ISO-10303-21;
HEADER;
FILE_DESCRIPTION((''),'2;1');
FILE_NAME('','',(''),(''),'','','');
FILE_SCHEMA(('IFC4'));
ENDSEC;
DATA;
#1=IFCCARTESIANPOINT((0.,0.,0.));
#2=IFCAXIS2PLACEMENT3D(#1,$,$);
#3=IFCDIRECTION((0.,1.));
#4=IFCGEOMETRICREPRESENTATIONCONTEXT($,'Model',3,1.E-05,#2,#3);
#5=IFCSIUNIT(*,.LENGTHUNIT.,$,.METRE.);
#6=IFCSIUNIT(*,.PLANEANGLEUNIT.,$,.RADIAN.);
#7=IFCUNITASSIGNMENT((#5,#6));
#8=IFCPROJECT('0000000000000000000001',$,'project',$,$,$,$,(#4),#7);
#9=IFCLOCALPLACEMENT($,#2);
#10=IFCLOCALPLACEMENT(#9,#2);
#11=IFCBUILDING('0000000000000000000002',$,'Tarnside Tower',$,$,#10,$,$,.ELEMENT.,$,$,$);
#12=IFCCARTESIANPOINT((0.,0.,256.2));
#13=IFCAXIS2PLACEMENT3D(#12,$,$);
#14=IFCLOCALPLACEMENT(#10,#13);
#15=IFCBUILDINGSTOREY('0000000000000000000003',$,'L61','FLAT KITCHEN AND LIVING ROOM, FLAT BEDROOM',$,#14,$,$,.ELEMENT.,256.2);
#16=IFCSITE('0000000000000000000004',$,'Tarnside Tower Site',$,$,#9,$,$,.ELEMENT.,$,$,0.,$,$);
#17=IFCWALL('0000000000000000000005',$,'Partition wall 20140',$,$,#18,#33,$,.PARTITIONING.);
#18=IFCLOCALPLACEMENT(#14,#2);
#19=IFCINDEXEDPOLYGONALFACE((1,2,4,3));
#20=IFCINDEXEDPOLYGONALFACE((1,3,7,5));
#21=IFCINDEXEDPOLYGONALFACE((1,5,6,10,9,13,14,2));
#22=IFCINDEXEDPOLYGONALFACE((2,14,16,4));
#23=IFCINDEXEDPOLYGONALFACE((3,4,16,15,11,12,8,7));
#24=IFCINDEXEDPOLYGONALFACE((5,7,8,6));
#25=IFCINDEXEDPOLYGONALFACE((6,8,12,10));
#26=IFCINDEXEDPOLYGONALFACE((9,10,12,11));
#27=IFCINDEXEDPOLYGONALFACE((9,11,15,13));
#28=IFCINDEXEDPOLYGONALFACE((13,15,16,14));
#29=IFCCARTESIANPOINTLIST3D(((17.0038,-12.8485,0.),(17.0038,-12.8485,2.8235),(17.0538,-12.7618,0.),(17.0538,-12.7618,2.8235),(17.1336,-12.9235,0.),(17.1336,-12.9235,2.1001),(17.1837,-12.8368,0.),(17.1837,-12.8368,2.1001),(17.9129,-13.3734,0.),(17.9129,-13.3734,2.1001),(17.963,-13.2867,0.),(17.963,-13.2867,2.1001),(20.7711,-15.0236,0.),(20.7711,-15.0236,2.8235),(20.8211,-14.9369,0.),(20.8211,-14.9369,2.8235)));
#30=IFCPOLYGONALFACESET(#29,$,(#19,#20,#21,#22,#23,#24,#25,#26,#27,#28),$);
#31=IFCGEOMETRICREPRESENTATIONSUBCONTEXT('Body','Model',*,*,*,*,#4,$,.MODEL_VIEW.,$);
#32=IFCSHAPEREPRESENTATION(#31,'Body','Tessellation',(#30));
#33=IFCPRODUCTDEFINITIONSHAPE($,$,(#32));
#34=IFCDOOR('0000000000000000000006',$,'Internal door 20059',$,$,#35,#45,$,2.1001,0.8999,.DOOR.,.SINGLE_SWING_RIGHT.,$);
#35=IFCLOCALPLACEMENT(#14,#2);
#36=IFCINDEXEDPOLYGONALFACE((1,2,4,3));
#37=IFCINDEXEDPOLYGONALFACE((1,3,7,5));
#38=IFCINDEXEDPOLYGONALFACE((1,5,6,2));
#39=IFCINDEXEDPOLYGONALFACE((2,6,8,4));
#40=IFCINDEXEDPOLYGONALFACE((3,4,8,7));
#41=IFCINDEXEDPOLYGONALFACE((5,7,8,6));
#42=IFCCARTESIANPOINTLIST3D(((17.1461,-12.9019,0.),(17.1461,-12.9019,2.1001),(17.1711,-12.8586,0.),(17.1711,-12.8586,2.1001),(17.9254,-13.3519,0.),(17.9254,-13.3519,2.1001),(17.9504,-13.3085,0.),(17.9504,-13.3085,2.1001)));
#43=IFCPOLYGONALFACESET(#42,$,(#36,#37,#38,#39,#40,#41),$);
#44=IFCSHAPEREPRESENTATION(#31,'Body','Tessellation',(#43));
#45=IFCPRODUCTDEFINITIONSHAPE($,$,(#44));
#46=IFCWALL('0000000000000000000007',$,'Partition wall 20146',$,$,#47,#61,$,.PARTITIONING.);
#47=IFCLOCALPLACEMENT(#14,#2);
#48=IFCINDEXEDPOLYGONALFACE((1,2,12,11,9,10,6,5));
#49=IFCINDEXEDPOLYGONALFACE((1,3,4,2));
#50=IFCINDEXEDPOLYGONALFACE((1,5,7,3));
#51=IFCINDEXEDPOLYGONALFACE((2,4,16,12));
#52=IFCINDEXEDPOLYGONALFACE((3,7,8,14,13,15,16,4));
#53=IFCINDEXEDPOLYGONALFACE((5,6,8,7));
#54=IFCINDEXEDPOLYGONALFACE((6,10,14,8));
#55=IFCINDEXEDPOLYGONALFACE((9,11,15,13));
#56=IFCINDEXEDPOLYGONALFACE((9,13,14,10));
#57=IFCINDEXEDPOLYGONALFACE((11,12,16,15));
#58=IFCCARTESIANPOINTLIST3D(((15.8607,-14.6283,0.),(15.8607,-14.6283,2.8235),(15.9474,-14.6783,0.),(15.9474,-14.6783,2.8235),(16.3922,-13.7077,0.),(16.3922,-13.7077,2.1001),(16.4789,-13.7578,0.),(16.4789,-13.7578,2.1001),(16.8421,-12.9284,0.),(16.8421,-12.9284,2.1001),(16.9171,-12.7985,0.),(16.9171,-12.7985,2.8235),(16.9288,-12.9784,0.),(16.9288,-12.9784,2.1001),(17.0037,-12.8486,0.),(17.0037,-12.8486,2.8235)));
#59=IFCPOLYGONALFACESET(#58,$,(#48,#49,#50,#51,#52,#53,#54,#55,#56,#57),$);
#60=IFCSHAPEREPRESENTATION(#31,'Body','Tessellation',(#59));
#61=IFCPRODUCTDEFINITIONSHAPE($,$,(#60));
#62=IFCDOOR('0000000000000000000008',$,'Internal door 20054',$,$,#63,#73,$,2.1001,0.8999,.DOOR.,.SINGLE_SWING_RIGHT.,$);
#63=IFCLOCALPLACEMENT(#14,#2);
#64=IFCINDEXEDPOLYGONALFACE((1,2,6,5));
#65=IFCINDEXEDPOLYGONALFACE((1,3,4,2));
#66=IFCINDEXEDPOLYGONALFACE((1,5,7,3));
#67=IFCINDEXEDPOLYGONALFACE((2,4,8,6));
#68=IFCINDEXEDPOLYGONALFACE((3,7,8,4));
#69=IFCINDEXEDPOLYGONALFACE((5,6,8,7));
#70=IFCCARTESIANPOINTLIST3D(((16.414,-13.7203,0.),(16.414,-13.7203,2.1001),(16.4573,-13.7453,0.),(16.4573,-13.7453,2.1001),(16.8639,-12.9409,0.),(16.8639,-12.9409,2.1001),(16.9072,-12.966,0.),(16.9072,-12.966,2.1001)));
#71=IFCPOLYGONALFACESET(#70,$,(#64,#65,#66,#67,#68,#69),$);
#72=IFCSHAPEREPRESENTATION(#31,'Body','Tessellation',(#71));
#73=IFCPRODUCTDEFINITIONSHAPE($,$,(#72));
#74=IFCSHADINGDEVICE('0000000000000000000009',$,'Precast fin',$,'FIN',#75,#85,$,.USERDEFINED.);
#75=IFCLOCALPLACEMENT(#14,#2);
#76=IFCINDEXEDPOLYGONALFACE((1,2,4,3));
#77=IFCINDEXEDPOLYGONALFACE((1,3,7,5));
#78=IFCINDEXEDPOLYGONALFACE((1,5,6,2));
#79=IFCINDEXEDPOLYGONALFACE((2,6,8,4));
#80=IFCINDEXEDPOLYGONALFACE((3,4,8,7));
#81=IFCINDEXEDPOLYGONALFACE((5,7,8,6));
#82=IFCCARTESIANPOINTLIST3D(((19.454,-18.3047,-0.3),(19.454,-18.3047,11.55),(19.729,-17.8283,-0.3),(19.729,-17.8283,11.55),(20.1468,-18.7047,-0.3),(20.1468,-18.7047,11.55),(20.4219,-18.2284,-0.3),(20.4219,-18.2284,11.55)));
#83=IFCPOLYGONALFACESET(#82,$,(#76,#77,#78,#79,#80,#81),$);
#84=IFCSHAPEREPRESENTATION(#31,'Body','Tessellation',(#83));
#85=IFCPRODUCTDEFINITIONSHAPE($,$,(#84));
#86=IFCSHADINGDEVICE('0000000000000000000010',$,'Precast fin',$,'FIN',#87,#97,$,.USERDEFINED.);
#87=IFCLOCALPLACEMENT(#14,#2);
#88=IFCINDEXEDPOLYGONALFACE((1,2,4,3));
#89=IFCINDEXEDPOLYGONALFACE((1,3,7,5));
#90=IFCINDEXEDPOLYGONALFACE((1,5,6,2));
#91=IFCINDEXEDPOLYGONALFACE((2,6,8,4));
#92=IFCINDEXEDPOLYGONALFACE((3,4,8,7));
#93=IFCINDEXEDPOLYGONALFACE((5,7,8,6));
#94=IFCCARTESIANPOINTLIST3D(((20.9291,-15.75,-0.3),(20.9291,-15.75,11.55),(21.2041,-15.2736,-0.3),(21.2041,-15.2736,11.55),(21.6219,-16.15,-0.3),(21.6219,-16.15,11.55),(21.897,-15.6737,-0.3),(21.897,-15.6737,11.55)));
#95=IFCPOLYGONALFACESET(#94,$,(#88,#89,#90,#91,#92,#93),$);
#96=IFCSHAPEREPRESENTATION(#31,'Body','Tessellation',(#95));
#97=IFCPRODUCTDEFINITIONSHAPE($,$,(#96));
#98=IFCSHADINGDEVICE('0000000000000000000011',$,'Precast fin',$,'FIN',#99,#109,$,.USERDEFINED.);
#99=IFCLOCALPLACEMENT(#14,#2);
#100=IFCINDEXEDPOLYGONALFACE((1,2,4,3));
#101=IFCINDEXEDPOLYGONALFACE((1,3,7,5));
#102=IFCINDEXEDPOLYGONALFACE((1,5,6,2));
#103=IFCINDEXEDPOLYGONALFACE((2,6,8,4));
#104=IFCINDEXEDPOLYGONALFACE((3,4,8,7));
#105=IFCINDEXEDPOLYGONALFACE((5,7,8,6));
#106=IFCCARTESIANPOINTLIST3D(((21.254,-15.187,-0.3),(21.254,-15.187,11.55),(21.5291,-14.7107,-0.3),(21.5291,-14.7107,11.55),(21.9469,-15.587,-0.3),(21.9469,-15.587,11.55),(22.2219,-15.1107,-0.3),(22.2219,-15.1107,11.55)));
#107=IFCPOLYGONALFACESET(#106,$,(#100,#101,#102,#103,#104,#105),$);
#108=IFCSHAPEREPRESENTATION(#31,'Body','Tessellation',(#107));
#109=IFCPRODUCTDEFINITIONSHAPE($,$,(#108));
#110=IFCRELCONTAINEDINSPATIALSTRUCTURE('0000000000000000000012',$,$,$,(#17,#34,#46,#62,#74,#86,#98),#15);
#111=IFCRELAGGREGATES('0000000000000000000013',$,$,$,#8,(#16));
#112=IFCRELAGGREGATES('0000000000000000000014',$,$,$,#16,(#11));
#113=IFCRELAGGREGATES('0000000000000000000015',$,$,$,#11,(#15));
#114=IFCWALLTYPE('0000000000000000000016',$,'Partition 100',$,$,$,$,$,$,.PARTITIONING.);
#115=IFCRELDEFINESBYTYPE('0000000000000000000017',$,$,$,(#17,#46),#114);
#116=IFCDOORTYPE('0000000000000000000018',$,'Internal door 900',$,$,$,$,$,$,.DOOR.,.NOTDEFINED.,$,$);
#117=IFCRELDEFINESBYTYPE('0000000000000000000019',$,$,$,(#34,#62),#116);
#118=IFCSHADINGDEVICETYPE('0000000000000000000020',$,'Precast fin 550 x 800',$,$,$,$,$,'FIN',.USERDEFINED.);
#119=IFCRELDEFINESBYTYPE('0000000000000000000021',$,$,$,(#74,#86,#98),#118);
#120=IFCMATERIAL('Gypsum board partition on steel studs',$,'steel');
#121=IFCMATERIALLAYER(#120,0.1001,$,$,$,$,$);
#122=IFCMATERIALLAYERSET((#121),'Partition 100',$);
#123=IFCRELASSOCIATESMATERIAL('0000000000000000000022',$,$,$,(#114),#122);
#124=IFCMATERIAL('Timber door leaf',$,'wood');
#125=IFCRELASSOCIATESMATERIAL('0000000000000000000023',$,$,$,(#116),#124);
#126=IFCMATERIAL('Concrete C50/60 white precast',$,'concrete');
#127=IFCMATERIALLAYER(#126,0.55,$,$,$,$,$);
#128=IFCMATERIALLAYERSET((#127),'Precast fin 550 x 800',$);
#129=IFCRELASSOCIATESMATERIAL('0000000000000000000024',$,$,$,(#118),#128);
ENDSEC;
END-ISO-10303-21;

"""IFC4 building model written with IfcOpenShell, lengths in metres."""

from ifc_helpers import new_model, si_unit, direction, frame, frame_2d, origin, place, context, subcontext, project, spatial, polyline, rectangle, outline, extrude, material, layer, layer_set, type_object, element, fill, save


model = new_model("IFC4")

# Units and contexts
model_context = context("Model", 3, precision=1e-05, world=origin(), true_north=direction((0.0, 1.0)))
body_context = subcontext(model_context, "Body", "Model", "MODEL_VIEW")
ifc_project = project(units=[si_unit("LENGTHUNIT", "METRE"), si_unit("PLANEANGLEUNIT", "RADIAN")], contexts=[model_context])

# Site, building, storey
site_placement = place(None, origin())
site = spatial("IfcSite", under=ifc_project, at=site_placement, Name="Tarnside Tower Site", CompositionType="ELEMENT", RefElevation=0.0)
building_placement = place(site_placement, origin())
building = spatial("IfcBuilding", under=site, at=building_placement, Name="Tarnside Tower", CompositionType="ELEMENT")
storey_placement = place(building_placement, frame((0.0, 0.0, 256.2)))
storey = spatial("IfcBuildingStorey", under=building, at=storey_placement, Name="L61", Description="FLAT KITCHEN AND LIVING ROOM, FLAT BEDROOM", CompositionType="ELEMENT", Elevation=256.2)

# Shared definitions
ifc_material_1 = material(Name="Gypsum board partition on steel studs", Category="steel")
ifc_material_2 = material(Name="Timber door leaf", Category="wood")

# Shared definitions
ifc_layer_1 = layer(ifc_material_1, 0.1001)
ifc_layer_set_1 = layer_set([ifc_layer_1], Name="Partition 100")
wall_type_1 = type_object("IfcWallType", Name="Partition 100", PredefinedType="PARTITIONING", material=ifc_layer_set_1)

# Walls, openings, doors
wall_1_placement = place(storey_placement, frame((17.0288, -12.8052, 0.0), z_axis=(0.0, 0.0, 1.0), x_axis=(0.866028, -0.499996, 0.0)))
wall_1 = element("IfcWall", 1, at=wall_1_placement, inside=storey, type_object=wall_type_1, Name="Partition wall 20140", PredefinedType="PARTITIONING", context=body_context, shape_type="SweptSolid", body=[
    extrude(rectangle(XDim=4.3501, YDim=0.1001, at=frame_2d((2.175, 0.0))), origin(), (0.0, 0.0, 1.0), 2.8235),
])
opening_1_placement = place(wall_1_placement, frame((0.1499, 0.0, 0.0)))
opening_1 = element("IfcOpeningElement", 2, at=opening_1_placement, cuts=wall_1, PredefinedType="OPENING", context=body_context, shape_type="SweptSolid", body=[
    extrude(rectangle(XDim=0.8999, YDim=2.1001, at=frame_2d((0.45, 1.05))), frame((0.0, 0.0601, 0.0), z_axis=(0.0, -1.0, 0.0), x_axis=(1.0, 0.0, 0.0)), (0.0, 0.0, 1.0), 0.1201),
])
door_type_1 = type_object("IfcDoorType", Name="Internal door 900", OperationType="NOTDEFINED", PredefinedType="DOOR", material=ifc_material_2)
door_1_placement = place(opening_1_placement, origin())
door_1 = element("IfcDoor", 3, at=door_1_placement, inside=storey, type_object=door_type_1, Name="Internal door 20059", OperationType="SINGLE_SWING_RIGHT", OverallHeight=2.1001, OverallWidth=0.8999, PredefinedType="DOOR", context=body_context, shape_type="SweptSolid", body=[
    extrude(rectangle(XDim=0.8999, YDim=2.1001, at=frame_2d((0.45, 1.05))), frame((0.0, 0.0249, 0.0), z_axis=(0.0, -1.0, 0.0), x_axis=(1.0, 0.0, 0.0)), (0.0, 0.0, 1.0), 0.05),
])
fill(opening_1, door_1)
wall_2_placement = place(storey_placement, frame((15.9041, -14.6533, 0.0), z_axis=(0.0, 0.0, 1.0), x_axis=(0.499979, 0.866037, 0.0)))
wall_2 = element("IfcWall", 4, at=wall_2_placement, inside=storey, type_object=wall_type_1, Name="Partition wall 20146", PredefinedType="PARTITIONING", context=body_context, shape_type="SweptSolid", body=[
    extrude(rectangle(XDim=2.1128, YDim=0.1001, at=frame_2d((1.0564, 0.0))), origin(), (0.0, 0.0, 1.0), 2.8235),
])
opening_2_placement = place(wall_2_placement, frame((1.063, 0.0, 0.0)))
opening_2 = element("IfcOpeningElement", 5, at=opening_2_placement, cuts=wall_2, PredefinedType="OPENING", context=body_context, shape_type="SweptSolid", body=[
    extrude(rectangle(XDim=0.8999, YDim=2.1001, at=frame_2d((0.45, 1.05))), frame((0.0, 0.0601, 0.0), z_axis=(0.0, -1.0, 0.0), x_axis=(1.0, 0.0, 0.0)), (0.0, 0.0, 1.0), 0.1201),
])
door_2_placement = place(opening_2_placement, origin())
door_2 = element("IfcDoor", 6, at=door_2_placement, inside=storey, type_object=door_type_1, Name="Internal door 20054", OperationType="SINGLE_SWING_RIGHT", OverallHeight=2.1001, OverallWidth=0.8999, PredefinedType="DOOR", context=body_context, shape_type="SweptSolid", body=[
    extrude(rectangle(XDim=0.8999, YDim=2.1001, at=frame_2d((0.45, 1.05))), frame((0.0, 0.0249, 0.0), z_axis=(0.0, -1.0, 0.0), x_axis=(1.0, 0.0, 0.0)), (0.0, 0.0, 1.0), 0.05),
])
fill(opening_2, door_2)

# Shading devices
ifc_material_3 = material(Name="Concrete C50/60 white precast", Category="concrete")
ifc_layer_2 = layer(ifc_material_3, 0.55)
ifc_layer_set_2 = layer_set([ifc_layer_2], Name="Precast fin 550 x 800")
shading_device_type = type_object("IfcShadingDeviceType", Name="Precast fin 550 x 800", ElementType="FIN", PredefinedType="USERDEFINED", material=ifc_layer_set_2)
for number, where, z_axis, x_axis, name in (
    (7, (19.5916, -18.0664, -0.3), (-0.5, -0.866025, 0.0), (0.866025, -0.5, 0.0), "Precast fin"),
    (8, (21.0667, -15.5117, -0.3), (-0.5, -0.866025, 0.0), (0.866025, -0.5, 0.0), "Precast fin"),
    (9, (21.3916, -14.9487, -0.3), (-0.5, -0.866025, 0.0), (0.866025, -0.5, 0.0), "Precast fin"),
):
    element("IfcShadingDevice", number, at=place(storey_placement, frame(where, z_axis=z_axis, x_axis=x_axis)), inside=storey, type_object=shading_device_type, Name=name, ObjectType="FIN", PredefinedType="USERDEFINED", context=body_context, shape_type="SweptSolid", body=[
        extrude(outline(polyline([(0.0, 0.0), (0.8, 0.0), (0.8, 11.8501), (0.0, 11.8501), (0.0, 0.0)])), frame((0.0, 0.0, -0.2749)), (0.0, 0.0, 1.0), 0.55),
    ])

save(model, "model.ifc")
